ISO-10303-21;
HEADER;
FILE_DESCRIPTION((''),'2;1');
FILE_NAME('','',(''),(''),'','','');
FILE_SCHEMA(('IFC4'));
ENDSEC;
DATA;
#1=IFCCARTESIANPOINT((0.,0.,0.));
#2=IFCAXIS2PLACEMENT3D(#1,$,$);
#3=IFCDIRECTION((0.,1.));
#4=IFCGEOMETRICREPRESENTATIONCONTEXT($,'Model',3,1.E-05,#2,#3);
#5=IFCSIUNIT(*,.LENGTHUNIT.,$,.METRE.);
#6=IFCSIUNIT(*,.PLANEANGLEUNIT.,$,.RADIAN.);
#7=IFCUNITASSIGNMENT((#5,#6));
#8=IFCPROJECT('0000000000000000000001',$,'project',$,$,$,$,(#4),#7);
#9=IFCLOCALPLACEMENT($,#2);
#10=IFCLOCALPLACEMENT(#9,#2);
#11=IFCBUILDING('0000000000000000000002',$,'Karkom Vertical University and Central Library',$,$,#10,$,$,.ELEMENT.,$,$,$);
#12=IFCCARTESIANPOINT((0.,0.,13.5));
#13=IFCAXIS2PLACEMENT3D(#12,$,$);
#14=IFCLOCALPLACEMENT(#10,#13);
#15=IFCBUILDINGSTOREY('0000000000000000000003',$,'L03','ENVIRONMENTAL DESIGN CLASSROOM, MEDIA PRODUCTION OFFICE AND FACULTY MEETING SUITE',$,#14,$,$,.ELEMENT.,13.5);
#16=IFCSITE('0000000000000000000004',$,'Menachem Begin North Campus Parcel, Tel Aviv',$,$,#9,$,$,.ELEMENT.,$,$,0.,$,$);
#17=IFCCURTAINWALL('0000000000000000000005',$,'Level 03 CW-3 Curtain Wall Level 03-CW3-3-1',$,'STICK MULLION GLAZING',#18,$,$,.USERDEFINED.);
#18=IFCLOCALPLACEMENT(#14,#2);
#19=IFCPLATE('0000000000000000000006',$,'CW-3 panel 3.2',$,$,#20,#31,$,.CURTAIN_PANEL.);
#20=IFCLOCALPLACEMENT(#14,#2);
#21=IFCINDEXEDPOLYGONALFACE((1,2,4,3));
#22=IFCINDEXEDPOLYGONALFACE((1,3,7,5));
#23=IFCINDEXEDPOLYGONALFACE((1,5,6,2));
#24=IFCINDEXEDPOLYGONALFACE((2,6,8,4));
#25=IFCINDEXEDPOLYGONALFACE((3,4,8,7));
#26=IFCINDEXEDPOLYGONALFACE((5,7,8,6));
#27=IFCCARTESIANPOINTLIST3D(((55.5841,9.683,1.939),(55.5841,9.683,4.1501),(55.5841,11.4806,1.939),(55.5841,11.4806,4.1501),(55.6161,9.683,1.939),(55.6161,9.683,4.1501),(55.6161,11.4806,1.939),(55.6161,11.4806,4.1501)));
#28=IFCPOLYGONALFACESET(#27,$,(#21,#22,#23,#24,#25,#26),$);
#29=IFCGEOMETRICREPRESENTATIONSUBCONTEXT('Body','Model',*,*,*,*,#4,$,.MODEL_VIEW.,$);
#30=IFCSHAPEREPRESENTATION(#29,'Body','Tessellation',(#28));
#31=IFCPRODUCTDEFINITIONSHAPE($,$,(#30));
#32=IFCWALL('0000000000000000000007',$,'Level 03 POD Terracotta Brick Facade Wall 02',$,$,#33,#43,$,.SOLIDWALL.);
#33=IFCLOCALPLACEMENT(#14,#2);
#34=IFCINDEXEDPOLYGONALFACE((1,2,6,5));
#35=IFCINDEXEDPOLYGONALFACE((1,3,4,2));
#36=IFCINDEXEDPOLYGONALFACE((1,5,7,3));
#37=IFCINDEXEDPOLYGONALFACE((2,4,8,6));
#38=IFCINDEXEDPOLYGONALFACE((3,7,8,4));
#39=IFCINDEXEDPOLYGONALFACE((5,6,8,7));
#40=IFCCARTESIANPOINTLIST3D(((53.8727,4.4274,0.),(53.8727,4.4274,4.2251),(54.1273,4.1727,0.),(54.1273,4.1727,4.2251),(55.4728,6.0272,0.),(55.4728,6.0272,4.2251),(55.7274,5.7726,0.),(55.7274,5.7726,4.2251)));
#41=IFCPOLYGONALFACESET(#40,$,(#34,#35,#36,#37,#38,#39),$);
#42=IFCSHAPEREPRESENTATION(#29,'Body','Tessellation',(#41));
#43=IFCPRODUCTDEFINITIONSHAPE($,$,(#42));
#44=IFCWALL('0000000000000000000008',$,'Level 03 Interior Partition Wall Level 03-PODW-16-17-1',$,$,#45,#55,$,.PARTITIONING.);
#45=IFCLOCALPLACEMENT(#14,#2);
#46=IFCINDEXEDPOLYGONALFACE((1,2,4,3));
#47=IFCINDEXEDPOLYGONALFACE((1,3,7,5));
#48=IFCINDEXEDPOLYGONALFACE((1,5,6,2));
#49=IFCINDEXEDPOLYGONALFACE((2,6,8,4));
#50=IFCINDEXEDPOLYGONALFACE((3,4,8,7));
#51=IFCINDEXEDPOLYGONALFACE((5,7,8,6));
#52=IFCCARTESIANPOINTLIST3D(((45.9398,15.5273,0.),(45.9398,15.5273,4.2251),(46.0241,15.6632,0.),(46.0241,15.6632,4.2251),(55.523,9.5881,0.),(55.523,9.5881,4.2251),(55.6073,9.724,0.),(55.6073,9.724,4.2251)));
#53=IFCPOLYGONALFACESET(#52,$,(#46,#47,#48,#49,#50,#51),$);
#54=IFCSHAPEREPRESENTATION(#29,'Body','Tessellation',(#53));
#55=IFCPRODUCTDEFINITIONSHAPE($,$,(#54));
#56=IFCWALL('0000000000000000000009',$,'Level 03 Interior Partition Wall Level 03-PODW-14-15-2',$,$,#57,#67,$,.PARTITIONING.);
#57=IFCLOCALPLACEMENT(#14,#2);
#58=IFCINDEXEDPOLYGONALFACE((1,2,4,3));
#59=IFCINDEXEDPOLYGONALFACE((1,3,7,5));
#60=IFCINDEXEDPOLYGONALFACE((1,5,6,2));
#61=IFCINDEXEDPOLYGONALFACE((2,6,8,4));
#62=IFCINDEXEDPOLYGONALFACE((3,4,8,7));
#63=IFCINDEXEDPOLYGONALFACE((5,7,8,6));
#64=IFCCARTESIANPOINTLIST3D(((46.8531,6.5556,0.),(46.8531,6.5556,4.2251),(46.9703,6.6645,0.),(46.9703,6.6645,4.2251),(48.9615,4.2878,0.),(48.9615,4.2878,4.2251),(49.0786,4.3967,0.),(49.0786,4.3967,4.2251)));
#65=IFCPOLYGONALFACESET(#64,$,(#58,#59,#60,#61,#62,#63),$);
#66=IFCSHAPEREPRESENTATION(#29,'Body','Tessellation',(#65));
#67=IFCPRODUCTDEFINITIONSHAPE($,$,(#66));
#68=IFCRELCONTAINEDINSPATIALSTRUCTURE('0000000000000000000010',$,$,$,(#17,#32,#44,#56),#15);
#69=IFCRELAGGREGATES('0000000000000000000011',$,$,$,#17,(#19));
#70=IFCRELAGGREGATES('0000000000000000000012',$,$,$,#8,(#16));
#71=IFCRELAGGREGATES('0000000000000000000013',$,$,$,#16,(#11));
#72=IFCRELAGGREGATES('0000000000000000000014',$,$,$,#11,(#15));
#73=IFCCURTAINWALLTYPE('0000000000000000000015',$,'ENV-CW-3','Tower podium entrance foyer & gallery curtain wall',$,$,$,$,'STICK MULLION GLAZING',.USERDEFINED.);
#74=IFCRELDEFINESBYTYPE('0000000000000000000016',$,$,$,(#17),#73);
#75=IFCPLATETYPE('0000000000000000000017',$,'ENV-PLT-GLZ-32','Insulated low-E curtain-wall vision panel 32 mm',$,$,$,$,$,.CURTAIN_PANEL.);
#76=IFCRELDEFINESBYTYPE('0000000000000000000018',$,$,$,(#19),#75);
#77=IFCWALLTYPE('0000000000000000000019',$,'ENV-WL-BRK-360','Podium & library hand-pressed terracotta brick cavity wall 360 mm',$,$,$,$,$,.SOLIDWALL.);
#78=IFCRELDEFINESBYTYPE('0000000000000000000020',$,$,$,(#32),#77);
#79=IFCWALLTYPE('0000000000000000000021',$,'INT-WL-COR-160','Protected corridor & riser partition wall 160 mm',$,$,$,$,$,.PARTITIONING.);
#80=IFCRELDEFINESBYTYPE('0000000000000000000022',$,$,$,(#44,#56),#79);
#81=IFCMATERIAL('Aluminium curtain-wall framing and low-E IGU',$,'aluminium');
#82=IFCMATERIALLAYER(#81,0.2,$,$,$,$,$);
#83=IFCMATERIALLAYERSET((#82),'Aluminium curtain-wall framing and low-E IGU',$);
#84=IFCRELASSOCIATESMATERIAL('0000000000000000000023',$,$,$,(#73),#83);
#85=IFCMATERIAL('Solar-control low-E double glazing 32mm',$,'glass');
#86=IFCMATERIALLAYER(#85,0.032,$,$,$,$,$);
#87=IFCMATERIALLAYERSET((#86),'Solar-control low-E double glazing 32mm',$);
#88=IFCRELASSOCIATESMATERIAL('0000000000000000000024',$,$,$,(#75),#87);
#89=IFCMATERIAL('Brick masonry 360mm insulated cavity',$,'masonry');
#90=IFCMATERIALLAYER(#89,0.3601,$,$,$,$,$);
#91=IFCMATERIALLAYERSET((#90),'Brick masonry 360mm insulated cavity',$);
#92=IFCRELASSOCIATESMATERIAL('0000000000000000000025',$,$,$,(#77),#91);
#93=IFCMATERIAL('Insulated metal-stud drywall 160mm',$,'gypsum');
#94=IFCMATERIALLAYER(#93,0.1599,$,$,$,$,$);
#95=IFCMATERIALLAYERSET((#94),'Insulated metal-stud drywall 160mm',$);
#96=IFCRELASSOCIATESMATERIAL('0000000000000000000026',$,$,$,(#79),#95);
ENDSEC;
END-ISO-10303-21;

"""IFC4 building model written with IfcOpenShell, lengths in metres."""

from ifc_helpers import new_model, si_unit, direction, frame, frame_2d, origin, origin_with_axes, origin_2d, place, context, subcontext, project, spatial, rectangle, extrude, source, transform, mapped, material, layer, layer_set, type_object, element, aggregate, save


model = new_model("IFC4")

# Units and contexts
model_context = context("Model", 3, precision=1e-05, world=origin(), true_north=direction((0.0, 1.0)))
body_context = subcontext(model_context, "Body", "Model", "MODEL_VIEW")
ifc_project = project(units=[si_unit("LENGTHUNIT", "METRE"), si_unit("PLANEANGLEUNIT", "RADIAN")], contexts=[model_context])

# Site, building, storey
site_placement = place(None, origin())
site = spatial("IfcSite", under=ifc_project, at=site_placement, Name="Menachem Begin North Campus Parcel, Tel Aviv", CompositionType="ELEMENT", RefElevation=0.0)
building_placement = place(site_placement, origin())
building = spatial("IfcBuilding", under=site, at=building_placement, Name="Karkom Vertical University and Central Library", CompositionType="ELEMENT")
storey_placement = place(building_placement, frame((0.0, 0.0, 13.5)))
storey = spatial("IfcBuildingStorey", under=building, at=storey_placement, Name="L03", Description="ENVIRONMENTAL DESIGN CLASSROOM, MEDIA PRODUCTION OFFICE AND FACULTY MEETING SUITE", CompositionType="ELEMENT", Elevation=13.5)

# Curtain wall, plate
ifc_material_1 = material(Name="Aluminium curtain-wall framing and low-E IGU", Category="aluminium")
ifc_layer_1 = layer(ifc_material_1, 0.2)
ifc_layer_set_1 = layer_set([ifc_layer_1], Name="Aluminium curtain-wall framing and low-E IGU")
curtain_wall_type = type_object("IfcCurtainWallType", Name="ENV-CW-3", Description="Tower podium entrance foyer & gallery curtain wall", ElementType="STICK MULLION GLAZING", PredefinedType="USERDEFINED", material=ifc_layer_set_1)
curtain_wall_placement = place(storey_placement, origin())
curtain_wall = element("IfcCurtainWall", 1, at=curtain_wall_placement, inside=storey, type_object=curtain_wall_type, Name="Level 03 CW-3 Curtain Wall Level 03-CW3-3-1", ObjectType="STICK MULLION GLAZING", PredefinedType="USERDEFINED")
ifc_material_2 = material(Name="Solar-control low-E double glazing 32mm", Category="glass")
ifc_layer_2 = layer(ifc_material_2, 0.032)
ifc_layer_set_2 = layer_set([ifc_layer_2], Name="Solar-control low-E double glazing 32mm")
plate_type = type_object("IfcPlateType", Name="ENV-PLT-GLZ-32", Description="Insulated low-E curtain-wall vision panel 32 mm", PredefinedType="CURTAIN_PANEL", material=ifc_layer_set_2)
shared_shape_1 = source(origin_with_axes(), body_context, "Body", "SweptSolid", [
    extrude(rectangle(XDim=1.7976, YDim=0.032, at=origin_2d()), origin(), (0.0, 0.0, 1.0), 2.2112),
])
plate_1_placement = place(storey_placement, frame((55.6001, 10.5818, 1.939), z_axis=(0.0, 0.0, 1.0), x_axis=(0.0, 1.0, 0.0)))
plate_1 = element("IfcPlate", 2, at=plate_1_placement, type_object=plate_type, Name="CW-3 panel 3.2", PredefinedType="CURTAIN_PANEL", context=body_context, shape_type="MappedRepresentation", body=[
    mapped(shared_shape_1, transform((0.0, 0.0, 0.0), scale=1.0)),
])
aggregate(curtain_wall, [plate_1])

# Walls
ifc_material_3 = material(Name="Brick masonry 360mm insulated cavity", Category="masonry")
ifc_layer_3 = layer(ifc_material_3, 0.3601)
ifc_layer_set_3 = layer_set([ifc_layer_3], Name="Brick masonry 360mm insulated cavity")
wall_type_1 = type_object("IfcWallType", Name="ENV-WL-BRK-360", Description="Podium & library hand-pressed terracotta brick cavity wall 360 mm", PredefinedType="SOLIDWALL", material=ifc_layer_set_3)
wall_1_placement = place(storey_placement, frame((54.0, 4.3, 0.0), z_axis=(0.0, 0.0, 1.0), x_axis=(0.707161, 0.707053, 0.0)))
element("IfcWall", 3, at=wall_1_placement, inside=storey, type_object=wall_type_1, Name="Level 03 POD Terracotta Brick Facade Wall 02", PredefinedType="SOLIDWALL", context=body_context, shape_type="SweptSolid", body=[
    extrude(rectangle(XDim=2.2627, YDim=0.3601, at=frame_2d((1.1313, 0.0))), origin(), (0.0, 0.0, 1.0), 4.2251),
])
ifc_material_4 = material(Name="Insulated metal-stud drywall 160mm", Category="gypsum")
ifc_layer_4 = layer(ifc_material_4, 0.1599)
ifc_layer_set_4 = layer_set([ifc_layer_4], Name="Insulated metal-stud drywall 160mm")
wall_type_2 = type_object("IfcWallType", Name="INT-WL-COR-160", Description="Protected corridor & riser partition wall 160 mm", PredefinedType="PARTITIONING", material=ifc_layer_set_4)
wall_2_placement = place(storey_placement, frame((45.9819, 15.5952, 0.0), z_axis=(0.0, 0.0, 1.0), x_axis=(0.849998, -0.526785, 0.0)))
element("IfcWall", 4, at=wall_2_placement, inside=storey, type_object=wall_type_2, Name="Level 03 Interior Partition Wall Level 03-PODW-16-17-1", PredefinedType="PARTITIONING", context=body_context, shape_type="SweptSolid", body=[
    extrude(rectangle(XDim=11.2744, YDim=0.1599, at=frame_2d((5.6372, 0.0))), origin(), (0.0, 0.0, 1.0), 4.2251),
])
wall_3_placement = place(storey_placement, frame((46.9116, 6.6101, 0.0), z_axis=(0.0, 0.0, 1.0), x_axis=(0.680896, -0.732381, 0.0)))
element("IfcWall", 5, at=wall_3_placement, inside=storey, type_object=wall_type_2, Name="Level 03 Interior Partition Wall Level 03-PODW-14-15-2", PredefinedType="PARTITIONING", context=body_context, shape_type="SweptSolid", body=[
    extrude(rectangle(XDim=3.0964, YDim=0.1599, at=frame_2d((1.5483, 0.0))), origin(), (0.0, 0.0, 1.0), 4.2251),
])

save(model, "model.ifc")
